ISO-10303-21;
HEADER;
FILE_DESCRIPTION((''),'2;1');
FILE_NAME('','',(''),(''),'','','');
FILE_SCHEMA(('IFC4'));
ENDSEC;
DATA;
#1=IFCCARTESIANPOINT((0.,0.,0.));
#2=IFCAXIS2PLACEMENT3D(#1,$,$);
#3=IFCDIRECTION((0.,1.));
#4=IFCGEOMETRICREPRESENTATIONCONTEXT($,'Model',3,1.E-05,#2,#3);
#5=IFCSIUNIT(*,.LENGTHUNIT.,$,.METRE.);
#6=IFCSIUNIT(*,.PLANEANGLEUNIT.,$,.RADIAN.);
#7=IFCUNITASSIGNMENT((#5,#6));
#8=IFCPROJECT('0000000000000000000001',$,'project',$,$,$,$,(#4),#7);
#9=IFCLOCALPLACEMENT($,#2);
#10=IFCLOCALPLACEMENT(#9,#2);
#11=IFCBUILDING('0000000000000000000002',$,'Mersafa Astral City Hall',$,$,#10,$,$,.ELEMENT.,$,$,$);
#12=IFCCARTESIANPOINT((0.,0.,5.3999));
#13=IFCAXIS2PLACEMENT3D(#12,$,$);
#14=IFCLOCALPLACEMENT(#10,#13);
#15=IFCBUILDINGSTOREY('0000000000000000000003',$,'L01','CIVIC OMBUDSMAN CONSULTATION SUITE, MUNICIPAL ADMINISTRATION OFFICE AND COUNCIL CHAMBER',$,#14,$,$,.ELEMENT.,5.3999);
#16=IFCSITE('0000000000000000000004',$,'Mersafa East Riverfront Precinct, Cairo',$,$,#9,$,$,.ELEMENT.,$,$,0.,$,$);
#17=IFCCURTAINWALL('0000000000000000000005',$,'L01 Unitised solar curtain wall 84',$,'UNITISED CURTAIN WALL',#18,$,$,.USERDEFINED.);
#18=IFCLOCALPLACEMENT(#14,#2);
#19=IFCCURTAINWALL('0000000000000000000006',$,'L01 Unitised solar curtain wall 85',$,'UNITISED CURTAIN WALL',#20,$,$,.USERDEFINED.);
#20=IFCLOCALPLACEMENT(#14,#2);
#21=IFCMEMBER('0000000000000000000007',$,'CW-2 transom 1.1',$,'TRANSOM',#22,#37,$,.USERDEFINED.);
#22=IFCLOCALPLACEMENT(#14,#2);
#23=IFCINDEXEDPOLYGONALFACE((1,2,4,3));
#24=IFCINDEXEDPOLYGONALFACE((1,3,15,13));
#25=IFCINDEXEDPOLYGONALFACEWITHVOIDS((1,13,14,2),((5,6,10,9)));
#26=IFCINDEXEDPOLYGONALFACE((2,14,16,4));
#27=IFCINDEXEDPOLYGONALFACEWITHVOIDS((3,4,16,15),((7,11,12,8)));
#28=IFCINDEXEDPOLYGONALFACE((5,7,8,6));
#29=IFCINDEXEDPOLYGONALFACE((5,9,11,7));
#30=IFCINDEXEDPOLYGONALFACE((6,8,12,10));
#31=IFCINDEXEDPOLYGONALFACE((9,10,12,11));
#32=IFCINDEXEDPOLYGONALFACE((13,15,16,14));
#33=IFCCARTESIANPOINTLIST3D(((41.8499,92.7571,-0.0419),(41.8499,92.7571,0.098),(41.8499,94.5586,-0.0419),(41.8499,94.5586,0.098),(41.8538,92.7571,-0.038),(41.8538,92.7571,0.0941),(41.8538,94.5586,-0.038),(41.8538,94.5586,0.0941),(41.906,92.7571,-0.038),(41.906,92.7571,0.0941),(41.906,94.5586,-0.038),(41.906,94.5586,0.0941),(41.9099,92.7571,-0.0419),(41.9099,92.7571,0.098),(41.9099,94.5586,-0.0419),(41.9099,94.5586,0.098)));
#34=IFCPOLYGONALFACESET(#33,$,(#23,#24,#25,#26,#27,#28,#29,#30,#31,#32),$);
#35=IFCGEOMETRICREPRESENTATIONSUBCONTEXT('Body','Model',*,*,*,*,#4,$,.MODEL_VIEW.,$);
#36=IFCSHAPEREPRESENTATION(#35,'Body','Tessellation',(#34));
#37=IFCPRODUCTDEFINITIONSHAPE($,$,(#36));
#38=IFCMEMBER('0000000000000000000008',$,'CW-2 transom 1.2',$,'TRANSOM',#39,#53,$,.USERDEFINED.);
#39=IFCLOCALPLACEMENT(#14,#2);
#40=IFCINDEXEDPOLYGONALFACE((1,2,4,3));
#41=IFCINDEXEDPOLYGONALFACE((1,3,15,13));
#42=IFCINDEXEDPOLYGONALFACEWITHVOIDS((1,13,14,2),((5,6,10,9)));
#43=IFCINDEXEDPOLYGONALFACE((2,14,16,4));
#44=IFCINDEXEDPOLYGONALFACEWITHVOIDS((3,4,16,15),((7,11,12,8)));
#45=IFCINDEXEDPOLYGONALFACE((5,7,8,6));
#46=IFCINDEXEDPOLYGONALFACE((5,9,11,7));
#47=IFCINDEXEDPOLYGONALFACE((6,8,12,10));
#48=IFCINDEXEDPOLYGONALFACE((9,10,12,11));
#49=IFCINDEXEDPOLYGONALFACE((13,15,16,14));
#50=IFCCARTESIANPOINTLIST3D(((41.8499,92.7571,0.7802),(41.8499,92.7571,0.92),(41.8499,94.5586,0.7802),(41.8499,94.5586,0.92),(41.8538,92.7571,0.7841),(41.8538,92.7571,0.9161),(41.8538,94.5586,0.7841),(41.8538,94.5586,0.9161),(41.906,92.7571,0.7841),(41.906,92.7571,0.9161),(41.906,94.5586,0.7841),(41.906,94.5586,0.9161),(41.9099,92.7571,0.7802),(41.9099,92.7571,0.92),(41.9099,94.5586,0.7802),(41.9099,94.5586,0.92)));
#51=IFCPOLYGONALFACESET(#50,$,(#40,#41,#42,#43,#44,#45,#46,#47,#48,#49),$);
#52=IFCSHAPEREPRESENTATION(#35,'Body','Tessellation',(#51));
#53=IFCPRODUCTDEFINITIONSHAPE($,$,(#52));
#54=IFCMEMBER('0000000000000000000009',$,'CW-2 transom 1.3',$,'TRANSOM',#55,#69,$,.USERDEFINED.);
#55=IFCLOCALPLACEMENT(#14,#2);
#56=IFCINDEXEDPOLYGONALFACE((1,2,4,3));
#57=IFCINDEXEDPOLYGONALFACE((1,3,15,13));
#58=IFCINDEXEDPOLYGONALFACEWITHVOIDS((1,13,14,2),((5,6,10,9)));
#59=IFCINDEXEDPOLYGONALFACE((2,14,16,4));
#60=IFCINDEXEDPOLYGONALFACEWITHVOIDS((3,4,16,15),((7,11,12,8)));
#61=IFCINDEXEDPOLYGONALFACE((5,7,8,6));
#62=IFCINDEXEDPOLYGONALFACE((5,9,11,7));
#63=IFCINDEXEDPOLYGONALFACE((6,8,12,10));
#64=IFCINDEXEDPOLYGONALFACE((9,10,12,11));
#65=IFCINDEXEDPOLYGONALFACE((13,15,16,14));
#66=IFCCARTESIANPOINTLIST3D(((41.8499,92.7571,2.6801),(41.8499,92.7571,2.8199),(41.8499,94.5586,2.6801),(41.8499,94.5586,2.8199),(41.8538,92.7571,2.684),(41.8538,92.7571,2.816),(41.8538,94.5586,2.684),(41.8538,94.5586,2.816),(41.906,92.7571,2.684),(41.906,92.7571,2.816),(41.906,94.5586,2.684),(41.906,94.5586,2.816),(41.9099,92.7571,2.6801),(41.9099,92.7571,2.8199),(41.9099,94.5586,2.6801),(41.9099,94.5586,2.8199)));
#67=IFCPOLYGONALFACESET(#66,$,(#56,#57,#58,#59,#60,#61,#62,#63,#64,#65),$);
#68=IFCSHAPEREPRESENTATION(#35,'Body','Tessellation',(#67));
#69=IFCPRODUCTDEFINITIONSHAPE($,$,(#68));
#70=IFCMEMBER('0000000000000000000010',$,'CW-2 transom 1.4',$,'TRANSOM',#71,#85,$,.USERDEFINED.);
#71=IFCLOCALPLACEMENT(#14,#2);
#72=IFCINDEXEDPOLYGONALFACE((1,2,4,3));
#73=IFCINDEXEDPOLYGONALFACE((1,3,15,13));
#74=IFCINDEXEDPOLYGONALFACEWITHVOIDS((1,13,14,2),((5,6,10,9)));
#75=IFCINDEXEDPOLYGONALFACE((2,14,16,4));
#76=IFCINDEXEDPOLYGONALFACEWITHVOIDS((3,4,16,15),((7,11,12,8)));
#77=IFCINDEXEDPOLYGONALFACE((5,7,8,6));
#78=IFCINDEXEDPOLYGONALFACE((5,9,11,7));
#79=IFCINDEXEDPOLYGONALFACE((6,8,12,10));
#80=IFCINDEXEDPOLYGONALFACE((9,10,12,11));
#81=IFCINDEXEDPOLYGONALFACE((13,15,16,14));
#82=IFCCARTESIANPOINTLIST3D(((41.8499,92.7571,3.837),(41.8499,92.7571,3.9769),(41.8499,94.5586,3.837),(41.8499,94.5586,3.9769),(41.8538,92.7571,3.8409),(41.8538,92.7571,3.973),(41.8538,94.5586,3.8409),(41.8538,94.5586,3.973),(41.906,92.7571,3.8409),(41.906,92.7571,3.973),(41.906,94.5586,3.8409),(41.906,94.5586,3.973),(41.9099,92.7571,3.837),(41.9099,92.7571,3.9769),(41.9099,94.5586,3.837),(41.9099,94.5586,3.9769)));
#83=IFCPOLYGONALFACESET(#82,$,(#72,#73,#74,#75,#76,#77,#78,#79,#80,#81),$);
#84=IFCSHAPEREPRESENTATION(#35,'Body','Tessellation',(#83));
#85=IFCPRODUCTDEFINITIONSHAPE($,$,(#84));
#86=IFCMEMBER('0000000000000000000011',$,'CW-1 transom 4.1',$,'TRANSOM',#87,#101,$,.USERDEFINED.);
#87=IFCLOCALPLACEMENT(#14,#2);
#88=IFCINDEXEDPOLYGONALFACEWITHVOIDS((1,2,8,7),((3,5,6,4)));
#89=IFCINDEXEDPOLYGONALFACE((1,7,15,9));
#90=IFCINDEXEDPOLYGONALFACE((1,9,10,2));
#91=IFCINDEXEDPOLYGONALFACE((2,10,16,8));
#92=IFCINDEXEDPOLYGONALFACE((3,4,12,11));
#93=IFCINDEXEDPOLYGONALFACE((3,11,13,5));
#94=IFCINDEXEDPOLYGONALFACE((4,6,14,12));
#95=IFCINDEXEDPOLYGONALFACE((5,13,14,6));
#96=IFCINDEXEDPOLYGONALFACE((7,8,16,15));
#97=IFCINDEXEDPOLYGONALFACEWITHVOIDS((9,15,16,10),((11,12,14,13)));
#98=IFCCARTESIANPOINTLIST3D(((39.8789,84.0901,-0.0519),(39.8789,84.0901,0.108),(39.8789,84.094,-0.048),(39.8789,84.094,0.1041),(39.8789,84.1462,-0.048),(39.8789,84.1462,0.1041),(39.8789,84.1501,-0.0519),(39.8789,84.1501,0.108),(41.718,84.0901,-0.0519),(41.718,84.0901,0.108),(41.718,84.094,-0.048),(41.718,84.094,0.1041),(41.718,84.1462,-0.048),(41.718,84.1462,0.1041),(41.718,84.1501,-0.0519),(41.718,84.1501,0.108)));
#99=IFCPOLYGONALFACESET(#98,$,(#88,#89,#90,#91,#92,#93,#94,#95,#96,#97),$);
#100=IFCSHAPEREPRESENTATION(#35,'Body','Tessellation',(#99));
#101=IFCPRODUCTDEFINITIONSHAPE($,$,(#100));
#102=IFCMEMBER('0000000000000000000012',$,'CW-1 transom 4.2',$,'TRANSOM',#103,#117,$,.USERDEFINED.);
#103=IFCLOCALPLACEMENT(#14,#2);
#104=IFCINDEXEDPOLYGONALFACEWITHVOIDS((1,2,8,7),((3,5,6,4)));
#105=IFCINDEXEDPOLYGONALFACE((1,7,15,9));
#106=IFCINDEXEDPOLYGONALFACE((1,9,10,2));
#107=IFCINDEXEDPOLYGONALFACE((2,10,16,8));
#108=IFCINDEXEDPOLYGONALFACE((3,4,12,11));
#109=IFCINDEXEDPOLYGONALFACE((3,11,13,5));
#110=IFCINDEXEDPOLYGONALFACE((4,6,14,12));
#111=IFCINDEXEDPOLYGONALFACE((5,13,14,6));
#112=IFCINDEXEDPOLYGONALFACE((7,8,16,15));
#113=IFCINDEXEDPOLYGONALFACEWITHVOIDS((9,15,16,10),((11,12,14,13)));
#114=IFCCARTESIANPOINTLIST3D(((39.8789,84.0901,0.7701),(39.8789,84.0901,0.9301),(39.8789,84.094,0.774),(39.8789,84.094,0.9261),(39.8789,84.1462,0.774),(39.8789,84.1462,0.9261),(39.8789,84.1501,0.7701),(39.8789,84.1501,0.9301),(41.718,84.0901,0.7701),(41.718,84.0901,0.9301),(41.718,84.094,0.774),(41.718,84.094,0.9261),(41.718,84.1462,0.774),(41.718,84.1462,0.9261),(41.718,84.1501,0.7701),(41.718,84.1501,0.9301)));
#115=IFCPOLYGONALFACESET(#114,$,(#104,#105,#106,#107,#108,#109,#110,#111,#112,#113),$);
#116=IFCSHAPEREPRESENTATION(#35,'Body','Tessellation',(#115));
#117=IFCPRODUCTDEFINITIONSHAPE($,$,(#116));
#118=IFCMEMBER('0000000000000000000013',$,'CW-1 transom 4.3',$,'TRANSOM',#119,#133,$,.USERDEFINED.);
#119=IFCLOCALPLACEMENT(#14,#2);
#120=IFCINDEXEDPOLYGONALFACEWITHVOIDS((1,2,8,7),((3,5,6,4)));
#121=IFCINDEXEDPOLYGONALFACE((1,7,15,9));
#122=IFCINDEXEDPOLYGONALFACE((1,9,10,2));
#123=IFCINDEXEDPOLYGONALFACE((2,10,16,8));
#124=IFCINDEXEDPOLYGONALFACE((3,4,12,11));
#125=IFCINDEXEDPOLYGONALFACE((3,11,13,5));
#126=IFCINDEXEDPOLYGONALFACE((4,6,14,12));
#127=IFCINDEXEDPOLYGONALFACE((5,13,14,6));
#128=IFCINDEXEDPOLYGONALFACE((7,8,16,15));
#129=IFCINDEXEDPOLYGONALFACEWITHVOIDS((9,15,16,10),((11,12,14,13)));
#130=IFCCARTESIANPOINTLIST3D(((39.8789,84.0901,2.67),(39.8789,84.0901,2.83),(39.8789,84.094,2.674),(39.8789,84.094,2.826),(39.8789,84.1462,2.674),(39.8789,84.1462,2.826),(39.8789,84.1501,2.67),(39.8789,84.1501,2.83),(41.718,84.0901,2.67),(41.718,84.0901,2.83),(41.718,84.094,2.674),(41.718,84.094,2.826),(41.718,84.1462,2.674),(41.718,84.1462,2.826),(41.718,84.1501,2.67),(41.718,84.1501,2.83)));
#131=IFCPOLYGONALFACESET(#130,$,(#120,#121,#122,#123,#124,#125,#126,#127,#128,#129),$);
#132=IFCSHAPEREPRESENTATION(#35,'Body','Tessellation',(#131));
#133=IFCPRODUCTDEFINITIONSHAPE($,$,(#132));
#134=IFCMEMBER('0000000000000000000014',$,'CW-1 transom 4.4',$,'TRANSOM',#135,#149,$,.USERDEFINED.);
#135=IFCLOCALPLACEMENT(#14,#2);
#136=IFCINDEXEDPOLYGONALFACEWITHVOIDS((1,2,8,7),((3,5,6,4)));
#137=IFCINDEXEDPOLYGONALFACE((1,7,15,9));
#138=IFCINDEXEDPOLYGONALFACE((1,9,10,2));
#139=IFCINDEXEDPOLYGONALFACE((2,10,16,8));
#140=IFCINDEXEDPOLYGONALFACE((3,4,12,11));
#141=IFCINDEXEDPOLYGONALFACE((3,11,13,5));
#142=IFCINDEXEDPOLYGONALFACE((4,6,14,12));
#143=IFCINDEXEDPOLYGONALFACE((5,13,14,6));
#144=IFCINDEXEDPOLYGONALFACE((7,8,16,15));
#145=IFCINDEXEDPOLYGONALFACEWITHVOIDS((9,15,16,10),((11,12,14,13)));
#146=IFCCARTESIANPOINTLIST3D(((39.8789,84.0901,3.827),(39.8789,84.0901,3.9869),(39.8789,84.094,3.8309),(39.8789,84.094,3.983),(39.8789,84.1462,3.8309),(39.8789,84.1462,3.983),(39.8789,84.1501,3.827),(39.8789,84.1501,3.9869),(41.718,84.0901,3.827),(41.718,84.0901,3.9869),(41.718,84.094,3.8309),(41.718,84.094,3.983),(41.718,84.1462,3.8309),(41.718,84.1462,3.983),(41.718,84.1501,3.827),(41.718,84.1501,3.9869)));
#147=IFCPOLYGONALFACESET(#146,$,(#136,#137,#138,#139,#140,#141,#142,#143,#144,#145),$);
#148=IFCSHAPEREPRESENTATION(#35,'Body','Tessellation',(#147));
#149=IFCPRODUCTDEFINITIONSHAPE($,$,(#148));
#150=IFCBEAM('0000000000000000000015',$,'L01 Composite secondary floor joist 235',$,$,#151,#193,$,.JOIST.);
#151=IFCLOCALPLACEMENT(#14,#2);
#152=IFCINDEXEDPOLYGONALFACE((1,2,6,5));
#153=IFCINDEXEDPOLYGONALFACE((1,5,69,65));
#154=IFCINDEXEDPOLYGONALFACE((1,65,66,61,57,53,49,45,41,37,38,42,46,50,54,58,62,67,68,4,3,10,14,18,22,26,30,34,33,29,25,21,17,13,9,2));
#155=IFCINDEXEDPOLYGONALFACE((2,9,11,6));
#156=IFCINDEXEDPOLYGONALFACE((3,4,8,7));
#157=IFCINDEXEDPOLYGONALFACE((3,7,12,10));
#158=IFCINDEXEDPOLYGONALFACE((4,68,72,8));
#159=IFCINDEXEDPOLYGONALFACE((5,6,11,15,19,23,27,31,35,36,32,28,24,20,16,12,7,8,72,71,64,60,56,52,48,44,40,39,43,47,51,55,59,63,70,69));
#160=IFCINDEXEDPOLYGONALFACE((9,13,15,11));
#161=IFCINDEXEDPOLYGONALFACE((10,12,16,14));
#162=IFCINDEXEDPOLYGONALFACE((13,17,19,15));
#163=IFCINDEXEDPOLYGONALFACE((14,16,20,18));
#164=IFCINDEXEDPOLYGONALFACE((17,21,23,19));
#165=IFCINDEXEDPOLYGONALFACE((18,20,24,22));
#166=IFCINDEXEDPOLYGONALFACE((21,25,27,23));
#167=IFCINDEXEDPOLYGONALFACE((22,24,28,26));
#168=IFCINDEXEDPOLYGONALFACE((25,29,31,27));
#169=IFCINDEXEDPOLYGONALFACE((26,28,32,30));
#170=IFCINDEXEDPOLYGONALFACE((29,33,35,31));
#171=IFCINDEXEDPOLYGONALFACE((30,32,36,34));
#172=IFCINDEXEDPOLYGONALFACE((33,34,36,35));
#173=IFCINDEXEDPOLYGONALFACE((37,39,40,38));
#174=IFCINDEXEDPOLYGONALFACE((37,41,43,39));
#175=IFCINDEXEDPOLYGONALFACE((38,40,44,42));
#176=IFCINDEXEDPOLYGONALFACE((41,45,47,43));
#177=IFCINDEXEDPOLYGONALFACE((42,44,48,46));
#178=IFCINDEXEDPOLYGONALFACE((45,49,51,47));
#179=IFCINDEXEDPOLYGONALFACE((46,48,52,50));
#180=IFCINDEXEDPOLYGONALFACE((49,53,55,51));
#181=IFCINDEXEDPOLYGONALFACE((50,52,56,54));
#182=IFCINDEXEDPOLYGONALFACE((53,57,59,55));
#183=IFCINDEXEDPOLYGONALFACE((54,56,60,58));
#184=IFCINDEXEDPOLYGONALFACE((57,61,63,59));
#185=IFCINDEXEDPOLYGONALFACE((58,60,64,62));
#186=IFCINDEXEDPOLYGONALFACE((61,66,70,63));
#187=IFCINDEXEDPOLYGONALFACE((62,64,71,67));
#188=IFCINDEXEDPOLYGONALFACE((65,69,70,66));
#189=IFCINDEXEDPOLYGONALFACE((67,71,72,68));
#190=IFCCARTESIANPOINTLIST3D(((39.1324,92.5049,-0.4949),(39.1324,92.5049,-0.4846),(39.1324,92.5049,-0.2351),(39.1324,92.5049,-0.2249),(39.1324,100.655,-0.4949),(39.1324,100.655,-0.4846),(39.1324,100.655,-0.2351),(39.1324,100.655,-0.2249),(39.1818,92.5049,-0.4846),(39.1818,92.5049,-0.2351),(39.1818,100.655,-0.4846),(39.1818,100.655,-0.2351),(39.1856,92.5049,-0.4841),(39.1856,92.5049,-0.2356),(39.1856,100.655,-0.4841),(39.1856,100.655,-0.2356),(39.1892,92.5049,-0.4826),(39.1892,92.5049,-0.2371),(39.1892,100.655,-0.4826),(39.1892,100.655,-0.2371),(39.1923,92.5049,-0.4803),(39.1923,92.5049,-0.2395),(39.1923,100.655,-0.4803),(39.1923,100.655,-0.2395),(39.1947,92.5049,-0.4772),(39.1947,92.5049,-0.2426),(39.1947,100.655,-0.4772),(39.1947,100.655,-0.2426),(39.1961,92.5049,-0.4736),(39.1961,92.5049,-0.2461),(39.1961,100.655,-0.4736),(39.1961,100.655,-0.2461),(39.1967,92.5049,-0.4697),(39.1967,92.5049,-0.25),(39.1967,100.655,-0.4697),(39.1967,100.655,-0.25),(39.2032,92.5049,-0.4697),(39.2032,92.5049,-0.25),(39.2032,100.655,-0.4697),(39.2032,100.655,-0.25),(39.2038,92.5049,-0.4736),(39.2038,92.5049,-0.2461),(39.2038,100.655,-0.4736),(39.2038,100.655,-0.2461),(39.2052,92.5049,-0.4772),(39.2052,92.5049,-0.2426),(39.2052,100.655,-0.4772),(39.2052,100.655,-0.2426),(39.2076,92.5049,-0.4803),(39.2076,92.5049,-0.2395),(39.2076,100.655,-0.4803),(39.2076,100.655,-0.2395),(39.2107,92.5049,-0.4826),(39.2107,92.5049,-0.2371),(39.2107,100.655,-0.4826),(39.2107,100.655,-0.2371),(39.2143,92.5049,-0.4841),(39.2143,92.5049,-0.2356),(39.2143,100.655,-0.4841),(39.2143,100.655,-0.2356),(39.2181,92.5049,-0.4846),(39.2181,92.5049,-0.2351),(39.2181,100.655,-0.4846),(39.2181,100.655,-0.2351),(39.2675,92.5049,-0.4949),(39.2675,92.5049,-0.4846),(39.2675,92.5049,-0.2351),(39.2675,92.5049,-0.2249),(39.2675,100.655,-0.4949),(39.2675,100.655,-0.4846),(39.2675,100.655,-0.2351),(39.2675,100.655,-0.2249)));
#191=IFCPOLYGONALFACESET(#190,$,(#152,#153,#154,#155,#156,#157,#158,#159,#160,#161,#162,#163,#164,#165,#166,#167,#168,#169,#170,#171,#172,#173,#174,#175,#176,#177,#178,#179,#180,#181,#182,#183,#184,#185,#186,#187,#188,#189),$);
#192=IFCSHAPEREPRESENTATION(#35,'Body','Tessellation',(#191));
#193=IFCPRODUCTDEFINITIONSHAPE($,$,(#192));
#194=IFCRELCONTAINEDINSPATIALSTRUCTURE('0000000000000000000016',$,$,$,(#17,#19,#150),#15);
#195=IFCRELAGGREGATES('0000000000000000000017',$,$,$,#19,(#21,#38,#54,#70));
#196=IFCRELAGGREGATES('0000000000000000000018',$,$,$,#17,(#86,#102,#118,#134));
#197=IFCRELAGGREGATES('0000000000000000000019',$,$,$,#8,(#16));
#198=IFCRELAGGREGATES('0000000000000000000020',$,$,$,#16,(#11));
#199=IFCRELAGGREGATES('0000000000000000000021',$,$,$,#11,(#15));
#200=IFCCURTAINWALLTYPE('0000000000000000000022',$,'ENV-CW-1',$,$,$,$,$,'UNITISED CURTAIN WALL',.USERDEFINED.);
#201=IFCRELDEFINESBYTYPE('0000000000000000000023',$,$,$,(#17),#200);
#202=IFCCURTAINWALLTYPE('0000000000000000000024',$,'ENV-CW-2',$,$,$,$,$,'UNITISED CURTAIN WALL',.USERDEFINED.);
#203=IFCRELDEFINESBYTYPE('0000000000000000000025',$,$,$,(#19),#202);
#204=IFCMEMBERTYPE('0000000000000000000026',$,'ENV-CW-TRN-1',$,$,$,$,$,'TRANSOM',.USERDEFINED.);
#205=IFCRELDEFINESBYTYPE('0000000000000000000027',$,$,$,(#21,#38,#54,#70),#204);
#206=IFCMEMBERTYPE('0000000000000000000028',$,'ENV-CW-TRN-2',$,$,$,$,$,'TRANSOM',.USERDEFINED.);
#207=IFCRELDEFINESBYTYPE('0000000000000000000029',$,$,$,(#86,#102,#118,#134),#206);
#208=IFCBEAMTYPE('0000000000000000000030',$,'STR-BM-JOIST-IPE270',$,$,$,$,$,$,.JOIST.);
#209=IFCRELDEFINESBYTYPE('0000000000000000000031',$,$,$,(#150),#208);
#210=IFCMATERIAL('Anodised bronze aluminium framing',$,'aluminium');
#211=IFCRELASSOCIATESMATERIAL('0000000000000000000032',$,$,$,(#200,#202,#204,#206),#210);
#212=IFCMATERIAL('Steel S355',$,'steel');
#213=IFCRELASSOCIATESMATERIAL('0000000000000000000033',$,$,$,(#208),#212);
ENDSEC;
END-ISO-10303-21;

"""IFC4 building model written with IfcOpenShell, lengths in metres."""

from ifc_helpers import new_model, si_unit, direction, frame, origin, origin_2d, place, context, subcontext, project, spatial, hollow_rectangle, i_section, extrude, material, material_profile, profile_set, type_object, element, aggregate, save


model = new_model("IFC4")

# Units and contexts
model_context = context("Model", 3, precision=1e-05, world=origin(), true_north=direction((0.0, 1.0)))
body_context = subcontext(model_context, "Body", "Model", "MODEL_VIEW")
ifc_project = project(units=[si_unit("LENGTHUNIT", "METRE"), si_unit("PLANEANGLEUNIT", "RADIAN")], contexts=[model_context])

# Site, building, storey
site_placement = place(None, origin())
site = spatial("IfcSite", under=ifc_project, at=site_placement, Name="Mersafa East Riverfront Precinct, Cairo", CompositionType="ELEMENT", RefElevation=0.0)
building_placement = place(site_placement, origin())
building = spatial("IfcBuilding", under=site, at=building_placement, Name="Mersafa Astral City Hall", CompositionType="ELEMENT")
storey_placement = place(building_placement, frame((0.0, 0.0, 5.3999)))
storey = spatial("IfcBuildingStorey", under=building, at=storey_placement, Name="L01", Description="CIVIC OMBUDSMAN CONSULTATION SUITE, MUNICIPAL ADMINISTRATION OFFICE AND COUNCIL CHAMBER", CompositionType="ELEMENT", Elevation=5.3999)

# Shared definitions
ifc_material_1 = material(Name="Steel S355", Category="steel")

# Curtain walls, members
ifc_material_2 = material(Name="Anodised bronze aluminium framing", Category="aluminium")
curtain_wall_type_1 = type_object("IfcCurtainWallType", Name="ENV-CW-1", ElementType="UNITISED CURTAIN WALL", PredefinedType="USERDEFINED", material=ifc_material_2)
curtain_wall_1_placement = place(storey_placement, origin())
curtain_wall_1 = element("IfcCurtainWall", 1, at=curtain_wall_1_placement, inside=storey, type_object=curtain_wall_type_1, Name="L01 Unitised solar curtain wall 84", ObjectType="UNITISED CURTAIN WALL", PredefinedType="USERDEFINED")
curtain_wall_type_2 = type_object("IfcCurtainWallType", Name="ENV-CW-2", ElementType="UNITISED CURTAIN WALL", PredefinedType="USERDEFINED", material=ifc_material_2)
curtain_wall_2_placement = place(storey_placement, origin())
curtain_wall_2 = element("IfcCurtainWall", 2, at=curtain_wall_2_placement, inside=storey, type_object=curtain_wall_type_2, Name="L01 Unitised solar curtain wall 85", ObjectType="UNITISED CURTAIN WALL", PredefinedType="USERDEFINED")
ifc_material_profile_1 = material_profile(ifc_material_2, hollow_rectangle(XDim=0.0601, YDim=0.1399, WallThickness=0.0039, at=origin_2d()), Name="RHS 60x140x4")
ifc_profile_set_1 = profile_set([ifc_material_profile_1], Name="Anodised bronze aluminium framing")
member_type_1 = type_object("IfcMemberType", Name="ENV-CW-TRN-1", ElementType="TRANSOM", PredefinedType="USERDEFINED", material=ifc_profile_set_1)
member_1_placement = place(storey_placement, frame((41.8799, 92.7571, 0.0281), z_axis=(0.0, 1.0, 0.0), x_axis=(-1.0, 0.0, 0.0)))
member_1 = element("IfcMember", 3, at=member_1_placement, type_object=member_type_1, Name="CW-2 transom 1.1", ObjectType="TRANSOM", PredefinedType="USERDEFINED", context=body_context, shape_type="SweptSolid", body=[
    extrude(hollow_rectangle(XDim=0.0601, YDim=0.1399, WallThickness=0.0039, at=origin_2d()), origin(), (0.0, 0.0, 1.0), 1.8015),
])
member_2_placement = place(storey_placement, frame((41.8799, 92.7571, 0.8501), z_axis=(0.0, 1.0, 0.0), x_axis=(-1.0, 0.0, 0.0)))
member_2 = element("IfcMember", 4, at=member_2_placement, type_object=member_type_1, Name="CW-2 transom 1.2", ObjectType="TRANSOM", PredefinedType="USERDEFINED", context=body_context, shape_type="SweptSolid", body=[
    extrude(hollow_rectangle(XDim=0.0601, YDim=0.1399, WallThickness=0.0039, at=origin_2d()), origin(), (0.0, 0.0, 1.0), 1.8015),
])
member_3_placement = place(storey_placement, frame((41.8799, 92.7571, 2.75), z_axis=(0.0, 1.0, 0.0), x_axis=(-1.0, 0.0, 0.0)))
member_3 = element("IfcMember", 5, at=member_3_placement, type_object=member_type_1, Name="CW-2 transom 1.3", ObjectType="TRANSOM", PredefinedType="USERDEFINED", context=body_context, shape_type="SweptSolid", body=[
    extrude(hollow_rectangle(XDim=0.0601, YDim=0.1399, WallThickness=0.0039, at=origin_2d()), origin(), (0.0, 0.0, 1.0), 1.8015),
])
member_4_placement = place(storey_placement, frame((41.8799, 92.7571, 3.907), z_axis=(0.0, 1.0, 0.0), x_axis=(-1.0, 0.0, 0.0)))
member_4 = element("IfcMember", 6, at=member_4_placement, type_object=member_type_1, Name="CW-2 transom 1.4", ObjectType="TRANSOM", PredefinedType="USERDEFINED", context=body_context, shape_type="SweptSolid", body=[
    extrude(hollow_rectangle(XDim=0.0601, YDim=0.1399, WallThickness=0.0039, at=origin_2d()), origin(), (0.0, 0.0, 1.0), 1.8015),
])
aggregate(curtain_wall_2, [member_1, member_2, member_3, member_4])

# Members
ifc_material_profile_2 = material_profile(ifc_material_2, hollow_rectangle(XDim=0.0601, YDim=0.1599, WallThickness=0.0039, at=origin_2d()), Name="RHS 60x160x4")
ifc_profile_set_2 = profile_set([ifc_material_profile_2], Name="Anodised bronze aluminium framing")
member_type_2 = type_object("IfcMemberType", Name="ENV-CW-TRN-2", ElementType="TRANSOM", PredefinedType="USERDEFINED", material=ifc_profile_set_2)
member_5_placement = place(storey_placement, frame((39.8789, 84.1201, 0.0281), z_axis=(1.0, 0.0, 0.0), x_axis=(0.0, 1.0, 0.0)))
member_5 = element("IfcMember", 7, at=member_5_placement, type_object=member_type_2, Name="CW-1 transom 4.1", ObjectType="TRANSOM", PredefinedType="USERDEFINED", context=body_context, shape_type="SweptSolid", body=[
    extrude(hollow_rectangle(XDim=0.0601, YDim=0.1599, WallThickness=0.0039, at=origin_2d()), origin(), (0.0, 0.0, 1.0), 1.8391),
])
member_6_placement = place(storey_placement, frame((39.8789, 84.1201, 0.8501), z_axis=(1.0, 0.0, 0.0), x_axis=(0.0, 1.0, 0.0)))
member_6 = element("IfcMember", 8, at=member_6_placement, type_object=member_type_2, Name="CW-1 transom 4.2", ObjectType="TRANSOM", PredefinedType="USERDEFINED", context=body_context, shape_type="SweptSolid", body=[
    extrude(hollow_rectangle(XDim=0.0601, YDim=0.1599, WallThickness=0.0039, at=origin_2d()), origin(), (0.0, 0.0, 1.0), 1.8391),
])
member_7_placement = place(storey_placement, frame((39.8789, 84.1201, 2.75), z_axis=(1.0, 0.0, 0.0), x_axis=(0.0, 1.0, 0.0)))
member_7 = element("IfcMember", 9, at=member_7_placement, type_object=member_type_2, Name="CW-1 transom 4.3", ObjectType="TRANSOM", PredefinedType="USERDEFINED", context=body_context, shape_type="SweptSolid", body=[
    extrude(hollow_rectangle(XDim=0.0601, YDim=0.1599, WallThickness=0.0039, at=origin_2d()), origin(), (0.0, 0.0, 1.0), 1.8391),
])
member_8_placement = place(storey_placement, frame((39.8789, 84.1201, 3.907), z_axis=(1.0, 0.0, 0.0), x_axis=(0.0, 1.0, 0.0)))
member_8 = element("IfcMember", 10, at=member_8_placement, type_object=member_type_2, Name="CW-1 transom 4.4", ObjectType="TRANSOM", PredefinedType="USERDEFINED", context=body_context, shape_type="SweptSolid", body=[
    extrude(hollow_rectangle(XDim=0.0601, YDim=0.1599, WallThickness=0.0039, at=origin_2d()), origin(), (0.0, 0.0, 1.0), 1.8391),
])

# Beam
ifc_material_profile_3 = material_profile(ifc_material_1, i_section(OverallWidth=0.135, OverallDepth=0.27, WebThickness=0.0066, FlangeThickness=0.0103, FilletRadius=0.0149, at=origin_2d()), Name="IPE 270")
ifc_profile_set_3 = profile_set([ifc_material_profile_3], Name="Steel S355")
beam_type_1 = type_object("IfcBeamType", Name="STR-BM-JOIST-IPE270", PredefinedType="JOIST", material=ifc_profile_set_3)
beam_1_placement = place(storey_placement, frame((39.2, 92.5049, -0.3599), z_axis=(0.0, 1.0, 0.0), x_axis=(-1.0, 0.0, 0.0)))
element("IfcBeam", 11, at=beam_1_placement, inside=storey, type_object=beam_type_1, Name="L01 Composite secondary floor joist 235", PredefinedType="JOIST", context=body_context, shape_type="SweptSolid", body=[
    extrude(i_section(OverallWidth=0.135, OverallDepth=0.27, WebThickness=0.0066, FlangeThickness=0.0103, FilletRadius=0.0149, at=origin_2d()), origin(), (0.0, 0.0, 1.0), 8.1501),
])

aggregate(curtain_wall_1, [member_5, member_6, member_7, member_8])

save(model, "model.ifc")
